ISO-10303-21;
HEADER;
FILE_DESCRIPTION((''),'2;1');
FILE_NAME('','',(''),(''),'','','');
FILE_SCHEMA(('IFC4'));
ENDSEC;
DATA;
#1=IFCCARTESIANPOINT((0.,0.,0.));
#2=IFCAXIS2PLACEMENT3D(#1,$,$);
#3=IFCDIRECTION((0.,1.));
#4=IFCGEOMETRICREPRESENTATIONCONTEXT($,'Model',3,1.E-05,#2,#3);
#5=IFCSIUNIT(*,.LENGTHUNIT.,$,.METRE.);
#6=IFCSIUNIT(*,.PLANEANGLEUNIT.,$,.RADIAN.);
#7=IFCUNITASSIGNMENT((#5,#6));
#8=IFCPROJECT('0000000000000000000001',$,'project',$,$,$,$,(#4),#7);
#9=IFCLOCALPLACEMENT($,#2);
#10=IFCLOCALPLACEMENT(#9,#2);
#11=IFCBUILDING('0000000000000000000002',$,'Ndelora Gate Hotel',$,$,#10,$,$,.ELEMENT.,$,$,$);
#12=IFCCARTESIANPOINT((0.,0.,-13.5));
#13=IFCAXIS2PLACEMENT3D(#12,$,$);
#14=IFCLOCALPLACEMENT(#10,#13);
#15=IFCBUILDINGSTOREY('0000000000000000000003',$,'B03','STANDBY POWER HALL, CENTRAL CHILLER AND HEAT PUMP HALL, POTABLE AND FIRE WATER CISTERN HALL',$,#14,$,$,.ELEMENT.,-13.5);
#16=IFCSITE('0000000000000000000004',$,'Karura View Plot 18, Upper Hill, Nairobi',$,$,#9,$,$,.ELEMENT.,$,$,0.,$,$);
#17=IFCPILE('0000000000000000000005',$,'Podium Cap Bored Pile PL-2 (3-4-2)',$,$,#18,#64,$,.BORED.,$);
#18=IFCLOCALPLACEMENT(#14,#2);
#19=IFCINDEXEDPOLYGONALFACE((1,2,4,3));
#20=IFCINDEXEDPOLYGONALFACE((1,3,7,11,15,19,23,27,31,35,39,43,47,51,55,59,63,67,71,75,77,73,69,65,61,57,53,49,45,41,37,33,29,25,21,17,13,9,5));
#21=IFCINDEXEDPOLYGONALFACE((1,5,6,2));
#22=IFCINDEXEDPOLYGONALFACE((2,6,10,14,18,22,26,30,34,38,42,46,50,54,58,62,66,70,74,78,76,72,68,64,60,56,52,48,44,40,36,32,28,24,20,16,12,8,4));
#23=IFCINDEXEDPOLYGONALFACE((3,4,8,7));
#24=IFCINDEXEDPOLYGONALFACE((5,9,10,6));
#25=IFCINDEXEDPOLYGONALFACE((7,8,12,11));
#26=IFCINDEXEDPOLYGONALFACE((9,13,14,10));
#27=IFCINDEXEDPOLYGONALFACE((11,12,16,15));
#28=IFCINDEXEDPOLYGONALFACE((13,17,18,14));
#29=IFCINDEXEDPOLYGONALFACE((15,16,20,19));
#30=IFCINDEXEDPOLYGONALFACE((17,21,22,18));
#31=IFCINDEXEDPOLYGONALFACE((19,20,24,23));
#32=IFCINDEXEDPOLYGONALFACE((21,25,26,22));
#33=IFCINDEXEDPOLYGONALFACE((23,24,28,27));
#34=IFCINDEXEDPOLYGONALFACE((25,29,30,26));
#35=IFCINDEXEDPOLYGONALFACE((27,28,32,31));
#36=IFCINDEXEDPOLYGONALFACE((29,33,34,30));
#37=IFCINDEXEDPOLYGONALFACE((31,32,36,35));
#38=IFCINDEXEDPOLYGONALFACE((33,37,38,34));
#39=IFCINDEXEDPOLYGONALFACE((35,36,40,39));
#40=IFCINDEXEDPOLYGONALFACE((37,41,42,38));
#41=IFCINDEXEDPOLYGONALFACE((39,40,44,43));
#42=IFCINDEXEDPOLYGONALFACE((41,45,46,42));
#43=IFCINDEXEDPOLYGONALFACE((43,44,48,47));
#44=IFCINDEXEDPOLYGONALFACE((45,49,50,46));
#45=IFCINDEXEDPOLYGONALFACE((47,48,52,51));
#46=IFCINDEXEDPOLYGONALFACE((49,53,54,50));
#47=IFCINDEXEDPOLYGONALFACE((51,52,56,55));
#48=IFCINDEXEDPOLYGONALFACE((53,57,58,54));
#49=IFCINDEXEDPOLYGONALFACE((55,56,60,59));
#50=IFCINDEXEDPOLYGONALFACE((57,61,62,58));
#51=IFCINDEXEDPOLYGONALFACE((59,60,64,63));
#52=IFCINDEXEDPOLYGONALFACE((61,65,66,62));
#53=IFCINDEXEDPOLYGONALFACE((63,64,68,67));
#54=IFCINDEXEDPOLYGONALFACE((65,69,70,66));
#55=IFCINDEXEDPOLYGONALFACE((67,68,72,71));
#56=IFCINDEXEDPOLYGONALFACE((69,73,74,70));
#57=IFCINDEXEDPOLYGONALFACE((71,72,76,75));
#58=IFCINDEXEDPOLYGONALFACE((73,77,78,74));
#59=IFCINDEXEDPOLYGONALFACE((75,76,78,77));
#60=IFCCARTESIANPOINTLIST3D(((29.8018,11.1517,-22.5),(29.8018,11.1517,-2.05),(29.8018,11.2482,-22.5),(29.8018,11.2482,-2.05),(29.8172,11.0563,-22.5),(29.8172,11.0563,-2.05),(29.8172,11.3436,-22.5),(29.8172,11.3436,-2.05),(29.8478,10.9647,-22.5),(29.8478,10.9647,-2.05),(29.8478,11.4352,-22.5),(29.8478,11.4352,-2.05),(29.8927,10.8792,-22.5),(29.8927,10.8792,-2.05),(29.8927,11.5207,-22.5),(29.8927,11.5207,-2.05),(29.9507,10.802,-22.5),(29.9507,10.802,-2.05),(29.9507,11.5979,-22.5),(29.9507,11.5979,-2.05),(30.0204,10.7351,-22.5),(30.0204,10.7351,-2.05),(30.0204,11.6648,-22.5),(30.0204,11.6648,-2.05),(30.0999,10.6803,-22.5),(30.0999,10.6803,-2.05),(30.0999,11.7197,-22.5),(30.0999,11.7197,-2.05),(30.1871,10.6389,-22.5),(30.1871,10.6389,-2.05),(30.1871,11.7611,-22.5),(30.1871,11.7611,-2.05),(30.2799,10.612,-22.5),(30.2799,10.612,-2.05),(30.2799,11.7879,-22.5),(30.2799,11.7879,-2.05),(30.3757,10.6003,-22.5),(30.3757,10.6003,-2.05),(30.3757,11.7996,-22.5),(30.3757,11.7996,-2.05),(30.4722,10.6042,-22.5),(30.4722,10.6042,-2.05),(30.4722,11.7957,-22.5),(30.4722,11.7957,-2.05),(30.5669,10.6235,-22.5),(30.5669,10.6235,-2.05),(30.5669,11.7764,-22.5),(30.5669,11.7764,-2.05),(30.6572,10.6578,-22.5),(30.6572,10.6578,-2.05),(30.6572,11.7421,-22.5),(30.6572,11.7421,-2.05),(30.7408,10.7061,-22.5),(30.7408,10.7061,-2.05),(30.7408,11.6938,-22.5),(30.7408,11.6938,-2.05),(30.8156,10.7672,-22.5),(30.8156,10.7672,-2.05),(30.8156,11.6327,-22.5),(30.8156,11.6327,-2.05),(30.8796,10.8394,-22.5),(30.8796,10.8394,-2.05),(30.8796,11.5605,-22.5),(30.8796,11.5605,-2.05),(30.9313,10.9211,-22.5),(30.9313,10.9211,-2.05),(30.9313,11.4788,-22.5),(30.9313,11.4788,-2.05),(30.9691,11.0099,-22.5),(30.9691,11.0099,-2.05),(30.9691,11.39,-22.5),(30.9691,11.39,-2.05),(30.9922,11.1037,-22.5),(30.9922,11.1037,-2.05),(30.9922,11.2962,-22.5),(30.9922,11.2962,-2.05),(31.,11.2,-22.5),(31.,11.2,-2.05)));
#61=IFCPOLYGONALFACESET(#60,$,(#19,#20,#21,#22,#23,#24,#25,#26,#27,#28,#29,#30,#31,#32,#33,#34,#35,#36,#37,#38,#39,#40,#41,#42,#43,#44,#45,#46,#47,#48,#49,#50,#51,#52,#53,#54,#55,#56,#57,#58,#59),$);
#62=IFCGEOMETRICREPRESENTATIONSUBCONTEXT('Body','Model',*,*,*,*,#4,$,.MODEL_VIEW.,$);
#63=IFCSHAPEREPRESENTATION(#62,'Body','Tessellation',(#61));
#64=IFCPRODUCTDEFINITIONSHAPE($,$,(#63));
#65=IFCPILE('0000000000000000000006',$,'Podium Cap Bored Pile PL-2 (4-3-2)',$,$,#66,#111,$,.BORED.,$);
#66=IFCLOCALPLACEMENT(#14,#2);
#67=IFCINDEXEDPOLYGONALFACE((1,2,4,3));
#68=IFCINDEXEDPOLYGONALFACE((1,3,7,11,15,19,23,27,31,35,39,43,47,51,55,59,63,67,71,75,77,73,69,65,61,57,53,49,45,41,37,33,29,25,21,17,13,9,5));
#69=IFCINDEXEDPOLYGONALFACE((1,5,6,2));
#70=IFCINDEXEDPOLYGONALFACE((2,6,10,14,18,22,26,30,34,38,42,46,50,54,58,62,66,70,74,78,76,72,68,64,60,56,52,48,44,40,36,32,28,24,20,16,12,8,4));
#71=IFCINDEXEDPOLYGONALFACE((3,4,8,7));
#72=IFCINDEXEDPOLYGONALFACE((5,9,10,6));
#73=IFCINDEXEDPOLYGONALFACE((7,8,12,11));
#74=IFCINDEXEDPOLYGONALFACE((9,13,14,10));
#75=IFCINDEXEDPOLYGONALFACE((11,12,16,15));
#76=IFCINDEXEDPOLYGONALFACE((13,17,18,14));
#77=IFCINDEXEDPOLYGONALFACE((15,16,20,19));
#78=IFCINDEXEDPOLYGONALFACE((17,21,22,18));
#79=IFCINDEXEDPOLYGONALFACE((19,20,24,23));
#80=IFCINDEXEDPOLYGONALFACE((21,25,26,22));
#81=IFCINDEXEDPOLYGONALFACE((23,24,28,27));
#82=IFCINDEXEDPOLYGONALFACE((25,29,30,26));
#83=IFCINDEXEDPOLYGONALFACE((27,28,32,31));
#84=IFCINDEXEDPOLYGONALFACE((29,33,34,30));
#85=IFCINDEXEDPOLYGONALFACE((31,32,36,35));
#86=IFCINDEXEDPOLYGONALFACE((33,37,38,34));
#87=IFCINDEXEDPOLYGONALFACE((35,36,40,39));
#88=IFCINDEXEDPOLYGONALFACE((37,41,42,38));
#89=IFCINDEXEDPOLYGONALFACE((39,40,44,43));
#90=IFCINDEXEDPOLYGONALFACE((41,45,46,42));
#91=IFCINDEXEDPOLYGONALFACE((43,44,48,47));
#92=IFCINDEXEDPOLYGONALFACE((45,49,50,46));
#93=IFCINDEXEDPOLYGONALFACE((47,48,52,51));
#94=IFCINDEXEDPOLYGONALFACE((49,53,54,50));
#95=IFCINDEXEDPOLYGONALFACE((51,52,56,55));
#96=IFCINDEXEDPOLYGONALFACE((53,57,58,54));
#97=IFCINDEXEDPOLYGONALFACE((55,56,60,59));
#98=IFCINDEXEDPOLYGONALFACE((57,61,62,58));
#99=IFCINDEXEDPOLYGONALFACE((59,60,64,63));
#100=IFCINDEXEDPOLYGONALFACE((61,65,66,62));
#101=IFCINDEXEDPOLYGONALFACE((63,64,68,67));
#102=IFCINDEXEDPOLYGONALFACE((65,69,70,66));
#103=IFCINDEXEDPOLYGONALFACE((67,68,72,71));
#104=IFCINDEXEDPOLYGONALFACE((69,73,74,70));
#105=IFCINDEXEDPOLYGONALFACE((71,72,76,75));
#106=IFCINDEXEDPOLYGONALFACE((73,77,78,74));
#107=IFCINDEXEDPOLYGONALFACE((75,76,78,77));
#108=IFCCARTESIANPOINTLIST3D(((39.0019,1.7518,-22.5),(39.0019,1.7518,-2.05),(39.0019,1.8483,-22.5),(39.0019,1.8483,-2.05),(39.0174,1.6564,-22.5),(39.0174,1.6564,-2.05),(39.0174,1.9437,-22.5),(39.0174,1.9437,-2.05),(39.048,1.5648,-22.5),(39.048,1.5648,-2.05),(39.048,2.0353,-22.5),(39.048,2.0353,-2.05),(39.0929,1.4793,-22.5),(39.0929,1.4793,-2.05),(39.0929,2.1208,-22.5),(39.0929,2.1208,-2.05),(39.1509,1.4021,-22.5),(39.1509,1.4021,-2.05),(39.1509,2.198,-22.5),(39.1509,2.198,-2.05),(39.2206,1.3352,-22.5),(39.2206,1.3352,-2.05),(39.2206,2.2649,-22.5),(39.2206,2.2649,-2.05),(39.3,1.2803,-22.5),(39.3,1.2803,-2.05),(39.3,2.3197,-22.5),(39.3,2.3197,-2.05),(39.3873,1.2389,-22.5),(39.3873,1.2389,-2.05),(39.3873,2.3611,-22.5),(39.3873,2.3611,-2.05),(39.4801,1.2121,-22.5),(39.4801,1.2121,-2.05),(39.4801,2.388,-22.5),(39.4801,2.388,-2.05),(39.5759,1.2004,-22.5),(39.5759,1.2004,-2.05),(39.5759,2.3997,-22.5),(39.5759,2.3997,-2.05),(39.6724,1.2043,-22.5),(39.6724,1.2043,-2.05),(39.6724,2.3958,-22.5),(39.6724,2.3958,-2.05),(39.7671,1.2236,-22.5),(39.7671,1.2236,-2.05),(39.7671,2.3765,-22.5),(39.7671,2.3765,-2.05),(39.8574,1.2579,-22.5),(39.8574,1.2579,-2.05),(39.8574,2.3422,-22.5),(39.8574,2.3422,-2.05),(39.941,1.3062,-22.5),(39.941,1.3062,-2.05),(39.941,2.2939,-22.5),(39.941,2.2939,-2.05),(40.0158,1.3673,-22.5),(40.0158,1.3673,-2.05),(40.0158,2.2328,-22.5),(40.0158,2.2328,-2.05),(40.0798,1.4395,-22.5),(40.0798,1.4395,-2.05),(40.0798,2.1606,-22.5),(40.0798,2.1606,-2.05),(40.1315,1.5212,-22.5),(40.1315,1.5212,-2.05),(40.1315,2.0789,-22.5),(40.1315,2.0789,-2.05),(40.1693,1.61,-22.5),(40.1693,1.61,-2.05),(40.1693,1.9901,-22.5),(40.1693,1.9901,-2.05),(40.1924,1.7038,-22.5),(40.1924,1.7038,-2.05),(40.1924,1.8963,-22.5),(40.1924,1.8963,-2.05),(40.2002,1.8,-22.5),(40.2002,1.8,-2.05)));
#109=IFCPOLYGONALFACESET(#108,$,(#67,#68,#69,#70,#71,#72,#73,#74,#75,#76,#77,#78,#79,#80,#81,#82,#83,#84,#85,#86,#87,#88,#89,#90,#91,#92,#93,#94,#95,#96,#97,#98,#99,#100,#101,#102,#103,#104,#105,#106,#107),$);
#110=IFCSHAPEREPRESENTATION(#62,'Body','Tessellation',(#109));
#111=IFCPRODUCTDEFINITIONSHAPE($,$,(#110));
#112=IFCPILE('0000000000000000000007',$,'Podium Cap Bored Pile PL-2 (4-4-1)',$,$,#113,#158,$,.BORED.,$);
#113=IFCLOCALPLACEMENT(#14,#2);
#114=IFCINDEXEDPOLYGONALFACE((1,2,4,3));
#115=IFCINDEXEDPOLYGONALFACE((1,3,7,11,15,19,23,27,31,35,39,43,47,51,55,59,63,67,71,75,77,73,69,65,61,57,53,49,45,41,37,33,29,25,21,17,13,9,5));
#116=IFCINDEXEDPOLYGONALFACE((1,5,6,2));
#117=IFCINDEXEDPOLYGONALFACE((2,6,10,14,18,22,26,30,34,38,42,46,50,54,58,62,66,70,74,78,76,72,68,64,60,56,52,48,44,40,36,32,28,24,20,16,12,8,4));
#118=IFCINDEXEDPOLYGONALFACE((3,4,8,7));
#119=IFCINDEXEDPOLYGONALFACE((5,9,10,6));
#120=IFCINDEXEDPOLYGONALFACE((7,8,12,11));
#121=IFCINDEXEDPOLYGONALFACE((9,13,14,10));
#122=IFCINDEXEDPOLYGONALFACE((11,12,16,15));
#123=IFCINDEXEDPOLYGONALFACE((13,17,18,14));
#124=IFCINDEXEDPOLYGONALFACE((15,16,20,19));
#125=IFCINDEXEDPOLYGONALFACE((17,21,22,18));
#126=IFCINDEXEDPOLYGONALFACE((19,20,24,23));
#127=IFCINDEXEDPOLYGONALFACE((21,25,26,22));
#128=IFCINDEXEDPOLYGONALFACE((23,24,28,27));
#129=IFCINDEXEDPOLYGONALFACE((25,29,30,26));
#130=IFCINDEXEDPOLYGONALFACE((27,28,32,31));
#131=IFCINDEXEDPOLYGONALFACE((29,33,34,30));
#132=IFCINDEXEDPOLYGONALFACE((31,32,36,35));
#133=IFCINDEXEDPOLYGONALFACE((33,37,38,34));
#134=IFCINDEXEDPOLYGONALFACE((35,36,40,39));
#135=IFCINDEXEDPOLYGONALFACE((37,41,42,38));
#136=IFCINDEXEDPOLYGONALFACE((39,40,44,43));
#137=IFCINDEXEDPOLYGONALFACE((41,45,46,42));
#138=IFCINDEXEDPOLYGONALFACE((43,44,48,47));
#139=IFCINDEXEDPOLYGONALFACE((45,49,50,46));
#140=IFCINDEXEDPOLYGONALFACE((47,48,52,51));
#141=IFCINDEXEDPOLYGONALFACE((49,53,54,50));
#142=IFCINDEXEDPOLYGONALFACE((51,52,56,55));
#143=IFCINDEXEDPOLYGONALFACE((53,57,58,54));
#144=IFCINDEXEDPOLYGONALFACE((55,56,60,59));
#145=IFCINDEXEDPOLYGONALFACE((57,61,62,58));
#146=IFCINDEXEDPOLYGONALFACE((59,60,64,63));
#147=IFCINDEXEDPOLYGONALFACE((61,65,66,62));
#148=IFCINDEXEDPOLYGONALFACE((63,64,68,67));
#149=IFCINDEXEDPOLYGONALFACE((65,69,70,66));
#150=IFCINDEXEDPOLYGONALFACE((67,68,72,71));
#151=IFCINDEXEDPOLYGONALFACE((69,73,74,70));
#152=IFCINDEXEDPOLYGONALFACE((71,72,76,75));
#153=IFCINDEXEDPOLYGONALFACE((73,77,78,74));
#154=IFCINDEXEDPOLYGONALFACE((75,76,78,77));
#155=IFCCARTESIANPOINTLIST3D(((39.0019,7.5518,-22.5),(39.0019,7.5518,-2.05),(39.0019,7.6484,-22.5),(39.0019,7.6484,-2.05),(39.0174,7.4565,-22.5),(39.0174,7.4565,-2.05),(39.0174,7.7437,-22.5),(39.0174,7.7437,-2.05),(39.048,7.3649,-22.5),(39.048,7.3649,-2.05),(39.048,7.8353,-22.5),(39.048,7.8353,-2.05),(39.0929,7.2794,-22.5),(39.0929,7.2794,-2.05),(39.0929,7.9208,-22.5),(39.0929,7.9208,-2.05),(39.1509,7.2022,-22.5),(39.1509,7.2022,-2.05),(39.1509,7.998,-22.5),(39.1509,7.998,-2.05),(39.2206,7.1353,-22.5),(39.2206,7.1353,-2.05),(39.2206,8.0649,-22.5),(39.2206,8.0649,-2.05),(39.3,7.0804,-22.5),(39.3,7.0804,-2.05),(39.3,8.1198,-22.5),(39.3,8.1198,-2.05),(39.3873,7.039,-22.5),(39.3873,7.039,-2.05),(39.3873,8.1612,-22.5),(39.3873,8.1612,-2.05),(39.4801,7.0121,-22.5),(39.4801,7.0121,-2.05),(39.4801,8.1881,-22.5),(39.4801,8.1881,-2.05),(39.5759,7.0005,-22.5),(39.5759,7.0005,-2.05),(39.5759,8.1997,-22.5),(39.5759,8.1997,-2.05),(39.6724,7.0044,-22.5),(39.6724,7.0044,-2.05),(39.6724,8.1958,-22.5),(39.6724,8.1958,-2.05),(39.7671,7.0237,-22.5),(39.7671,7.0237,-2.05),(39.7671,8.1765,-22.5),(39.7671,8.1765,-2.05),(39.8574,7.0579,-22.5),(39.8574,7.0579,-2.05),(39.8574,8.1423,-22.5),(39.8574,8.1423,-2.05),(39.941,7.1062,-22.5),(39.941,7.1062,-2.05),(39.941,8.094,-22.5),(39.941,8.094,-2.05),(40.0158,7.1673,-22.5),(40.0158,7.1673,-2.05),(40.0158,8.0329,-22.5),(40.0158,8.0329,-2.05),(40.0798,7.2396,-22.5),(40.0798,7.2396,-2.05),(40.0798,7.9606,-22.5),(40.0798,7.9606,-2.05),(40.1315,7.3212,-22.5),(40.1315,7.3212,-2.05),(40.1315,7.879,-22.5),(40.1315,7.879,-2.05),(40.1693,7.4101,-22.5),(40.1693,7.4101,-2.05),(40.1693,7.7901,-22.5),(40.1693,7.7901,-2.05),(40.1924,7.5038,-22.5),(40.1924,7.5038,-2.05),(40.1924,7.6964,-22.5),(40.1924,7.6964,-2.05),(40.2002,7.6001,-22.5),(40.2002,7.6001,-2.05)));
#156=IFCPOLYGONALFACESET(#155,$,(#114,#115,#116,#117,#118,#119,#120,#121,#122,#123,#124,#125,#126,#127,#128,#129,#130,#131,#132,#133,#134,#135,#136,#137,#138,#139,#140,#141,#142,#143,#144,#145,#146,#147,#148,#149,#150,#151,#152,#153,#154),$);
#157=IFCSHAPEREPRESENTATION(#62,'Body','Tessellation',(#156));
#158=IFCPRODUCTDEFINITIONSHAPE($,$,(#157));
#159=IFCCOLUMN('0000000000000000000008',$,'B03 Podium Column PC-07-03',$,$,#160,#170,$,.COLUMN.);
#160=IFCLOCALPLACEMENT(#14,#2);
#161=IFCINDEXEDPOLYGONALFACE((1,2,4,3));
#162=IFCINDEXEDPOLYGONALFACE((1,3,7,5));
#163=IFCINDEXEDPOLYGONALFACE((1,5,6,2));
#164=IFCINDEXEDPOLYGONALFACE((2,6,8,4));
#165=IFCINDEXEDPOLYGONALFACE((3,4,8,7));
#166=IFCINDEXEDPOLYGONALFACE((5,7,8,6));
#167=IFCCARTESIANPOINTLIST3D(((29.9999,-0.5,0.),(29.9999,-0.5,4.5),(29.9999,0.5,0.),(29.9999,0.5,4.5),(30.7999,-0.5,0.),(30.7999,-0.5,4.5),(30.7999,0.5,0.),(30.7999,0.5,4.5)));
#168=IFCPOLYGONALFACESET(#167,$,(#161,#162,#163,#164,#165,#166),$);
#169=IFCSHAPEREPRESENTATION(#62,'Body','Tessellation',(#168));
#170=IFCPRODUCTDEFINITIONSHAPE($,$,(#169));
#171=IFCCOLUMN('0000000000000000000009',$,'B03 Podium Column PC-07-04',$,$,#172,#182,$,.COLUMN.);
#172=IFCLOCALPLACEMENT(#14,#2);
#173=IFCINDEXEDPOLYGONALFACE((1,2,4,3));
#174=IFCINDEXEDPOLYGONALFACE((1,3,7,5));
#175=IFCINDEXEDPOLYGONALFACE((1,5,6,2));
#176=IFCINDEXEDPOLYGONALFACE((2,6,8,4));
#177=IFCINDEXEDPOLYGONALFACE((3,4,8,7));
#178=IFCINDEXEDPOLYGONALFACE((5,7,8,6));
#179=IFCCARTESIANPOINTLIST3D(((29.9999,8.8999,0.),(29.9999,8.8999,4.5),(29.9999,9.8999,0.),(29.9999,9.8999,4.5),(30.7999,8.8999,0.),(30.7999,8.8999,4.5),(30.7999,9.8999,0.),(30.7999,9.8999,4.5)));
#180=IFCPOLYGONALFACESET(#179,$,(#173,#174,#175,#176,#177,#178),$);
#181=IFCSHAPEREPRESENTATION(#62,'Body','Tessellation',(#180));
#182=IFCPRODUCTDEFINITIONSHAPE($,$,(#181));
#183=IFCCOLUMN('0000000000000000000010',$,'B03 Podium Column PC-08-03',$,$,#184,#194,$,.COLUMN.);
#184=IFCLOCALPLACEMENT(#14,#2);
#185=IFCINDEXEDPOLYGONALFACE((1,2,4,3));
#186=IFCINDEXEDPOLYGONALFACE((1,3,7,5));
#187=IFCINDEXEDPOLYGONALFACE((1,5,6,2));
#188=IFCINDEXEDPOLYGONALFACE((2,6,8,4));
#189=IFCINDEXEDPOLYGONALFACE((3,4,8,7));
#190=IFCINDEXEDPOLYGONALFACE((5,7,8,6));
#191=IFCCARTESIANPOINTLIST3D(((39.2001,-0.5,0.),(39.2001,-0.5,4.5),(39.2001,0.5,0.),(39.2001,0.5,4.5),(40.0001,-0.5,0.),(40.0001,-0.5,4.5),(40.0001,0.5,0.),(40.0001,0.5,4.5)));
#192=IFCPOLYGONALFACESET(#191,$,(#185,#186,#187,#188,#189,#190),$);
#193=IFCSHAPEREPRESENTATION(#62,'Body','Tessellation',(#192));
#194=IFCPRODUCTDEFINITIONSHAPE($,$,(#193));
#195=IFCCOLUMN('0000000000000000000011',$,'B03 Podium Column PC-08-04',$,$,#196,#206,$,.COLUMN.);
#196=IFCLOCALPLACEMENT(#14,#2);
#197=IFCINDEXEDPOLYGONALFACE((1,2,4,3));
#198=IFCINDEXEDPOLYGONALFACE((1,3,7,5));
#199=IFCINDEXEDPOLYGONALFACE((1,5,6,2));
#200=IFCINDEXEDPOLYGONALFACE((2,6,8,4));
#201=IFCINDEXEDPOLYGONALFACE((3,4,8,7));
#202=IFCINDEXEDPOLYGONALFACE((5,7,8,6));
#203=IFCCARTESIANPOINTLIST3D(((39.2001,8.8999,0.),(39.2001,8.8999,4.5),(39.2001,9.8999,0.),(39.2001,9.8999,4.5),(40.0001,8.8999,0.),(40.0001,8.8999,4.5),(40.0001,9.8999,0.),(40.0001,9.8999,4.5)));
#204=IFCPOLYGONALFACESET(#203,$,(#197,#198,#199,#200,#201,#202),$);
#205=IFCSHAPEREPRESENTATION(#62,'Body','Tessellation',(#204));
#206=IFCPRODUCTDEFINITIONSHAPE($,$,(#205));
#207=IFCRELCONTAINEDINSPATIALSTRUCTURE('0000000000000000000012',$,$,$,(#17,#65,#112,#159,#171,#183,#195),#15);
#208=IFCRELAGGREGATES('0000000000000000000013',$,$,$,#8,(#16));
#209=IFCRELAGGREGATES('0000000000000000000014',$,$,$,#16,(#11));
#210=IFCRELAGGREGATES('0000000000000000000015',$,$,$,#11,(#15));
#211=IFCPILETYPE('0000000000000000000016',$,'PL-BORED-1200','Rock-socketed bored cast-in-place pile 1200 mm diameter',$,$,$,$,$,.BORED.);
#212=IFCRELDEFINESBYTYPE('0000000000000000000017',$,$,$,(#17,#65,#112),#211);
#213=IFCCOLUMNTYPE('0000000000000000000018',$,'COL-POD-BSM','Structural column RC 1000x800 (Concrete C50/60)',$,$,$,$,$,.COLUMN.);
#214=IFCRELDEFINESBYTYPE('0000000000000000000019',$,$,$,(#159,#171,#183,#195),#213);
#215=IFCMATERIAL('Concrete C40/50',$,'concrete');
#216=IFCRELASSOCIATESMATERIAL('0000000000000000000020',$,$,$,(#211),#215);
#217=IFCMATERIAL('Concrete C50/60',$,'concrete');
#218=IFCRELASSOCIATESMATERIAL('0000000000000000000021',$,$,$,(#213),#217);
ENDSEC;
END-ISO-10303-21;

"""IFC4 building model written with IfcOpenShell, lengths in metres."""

from ifc_helpers import new_model, si_unit, direction, frame, origin, origin_2d, place, context, subcontext, project, spatial, rectangle, circle, extrude, material, material_profile, profile_set, type_object, element, save


model = new_model("IFC4")

# Units and contexts
model_context = context("Model", 3, precision=1e-05, world=origin(), true_north=direction((0.0, 1.0)))
body_context = subcontext(model_context, "Body", "Model", "MODEL_VIEW")
ifc_project = project(units=[si_unit("LENGTHUNIT", "METRE"), si_unit("PLANEANGLEUNIT", "RADIAN")], contexts=[model_context])

# Site, building, storey
site_placement = place(None, origin())
site = spatial("IfcSite", under=ifc_project, at=site_placement, Name="Karura View Plot 18, Upper Hill, Nairobi", CompositionType="ELEMENT", RefElevation=0.0)
building_placement = place(site_placement, origin())
building = spatial("IfcBuilding", under=site, at=building_placement, Name="Ndelora Gate Hotel", CompositionType="ELEMENT")
storey_placement = place(building_placement, frame((0.0, 0.0, -13.5)))
storey = spatial("IfcBuildingStorey", under=building, at=storey_placement, Name="B03", Description="STANDBY POWER HALL, CENTRAL CHILLER AND HEAT PUMP HALL, POTABLE AND FIRE WATER CISTERN HALL", CompositionType="ELEMENT", Elevation=-13.5)

# Shared definitions
ifc_material_1 = material(Name="Concrete C50/60", Category="concrete")
ifc_material_2 = material(Name="Concrete C40/50", Category="concrete")

# Piles
ifc_material_profile_1 = material_profile(ifc_material_2, circle(Radius=0.6001, at=origin_2d()), Name="PILE D1200")
ifc_profile_set_1 = profile_set([ifc_material_profile_1], Name="Concrete C40/50")
pile_type = type_object("IfcPileType", Name="PL-BORED-1200", Description="Rock-socketed bored cast-in-place pile 1200 mm diameter", PredefinedType="BORED", material=ifc_profile_set_1)
for number, where, z_axis, x_axis, name in (
    (1, (30.3999, 11.2, -2.05), (0.0, 0.0, -1.0), (1.0, 0.0, 0.0), "Podium Cap Bored Pile PL-2 (3-4-2)"),
    (2, (39.6001, 1.8, -2.05), (0.0, 0.0, -1.0), (1.0, 0.0, 0.0), "Podium Cap Bored Pile PL-2 (4-3-2)"),
    (3, (39.6001, 7.6001, -2.05), (0.0, 0.0, -1.0), (1.0, 0.0, 0.0), "Podium Cap Bored Pile PL-2 (4-4-1)"),
):
    element("IfcPile", number, at=place(storey_placement, frame(where, z_axis=z_axis, x_axis=x_axis)), inside=storey, type_object=pile_type, Name=name, PredefinedType="BORED", context=body_context, shape_type="SweptSolid", body=[
        extrude(circle(Radius=0.6001, at=origin_2d()), origin(), (0.0, 0.0, 1.0), 20.45),
    ])

# Columns
ifc_material_profile_2 = material_profile(ifc_material_1, rectangle(XDim=0.8, YDim=1.0, at=origin_2d()), Name="RC 1000x800")
ifc_profile_set_2 = profile_set([ifc_material_profile_2], Name="Concrete C50/60")
column_type = type_object("IfcColumnType", Name="COL-POD-BSM", Description="Structural column RC 1000x800 (Concrete C50/60)", PredefinedType="COLUMN", material=ifc_profile_set_2)
for number, where, z_axis, x_axis, name in (
    (4, (30.3999, 0.0, 0.0), (0.0, 0.0, 1.0), (1.0, 0.0, 0.0), "B03 Podium Column PC-07-03"),
    (5, (30.3999, 9.3999, 0.0), (0.0, 0.0, 1.0), (1.0, 0.0, 0.0), "B03 Podium Column PC-07-04"),
    (6, (39.6001, 0.0, 0.0), (0.0, 0.0, 1.0), (1.0, 0.0, 0.0), "B03 Podium Column PC-08-03"),
    (7, (39.6001, 9.3999, 0.0), (0.0, 0.0, 1.0), (1.0, 0.0, 0.0), "B03 Podium Column PC-08-04"),
):
    element("IfcColumn", number, at=place(storey_placement, frame(where, z_axis=z_axis, x_axis=x_axis)), inside=storey, type_object=column_type, Name=name, PredefinedType="COLUMN", context=body_context, shape_type="SweptSolid", body=[
        extrude(rectangle(XDim=0.8, YDim=1.0, at=origin_2d()), origin(), (0.0, 0.0, 1.0), 4.5),
    ])

save(model, "model.ifc")
